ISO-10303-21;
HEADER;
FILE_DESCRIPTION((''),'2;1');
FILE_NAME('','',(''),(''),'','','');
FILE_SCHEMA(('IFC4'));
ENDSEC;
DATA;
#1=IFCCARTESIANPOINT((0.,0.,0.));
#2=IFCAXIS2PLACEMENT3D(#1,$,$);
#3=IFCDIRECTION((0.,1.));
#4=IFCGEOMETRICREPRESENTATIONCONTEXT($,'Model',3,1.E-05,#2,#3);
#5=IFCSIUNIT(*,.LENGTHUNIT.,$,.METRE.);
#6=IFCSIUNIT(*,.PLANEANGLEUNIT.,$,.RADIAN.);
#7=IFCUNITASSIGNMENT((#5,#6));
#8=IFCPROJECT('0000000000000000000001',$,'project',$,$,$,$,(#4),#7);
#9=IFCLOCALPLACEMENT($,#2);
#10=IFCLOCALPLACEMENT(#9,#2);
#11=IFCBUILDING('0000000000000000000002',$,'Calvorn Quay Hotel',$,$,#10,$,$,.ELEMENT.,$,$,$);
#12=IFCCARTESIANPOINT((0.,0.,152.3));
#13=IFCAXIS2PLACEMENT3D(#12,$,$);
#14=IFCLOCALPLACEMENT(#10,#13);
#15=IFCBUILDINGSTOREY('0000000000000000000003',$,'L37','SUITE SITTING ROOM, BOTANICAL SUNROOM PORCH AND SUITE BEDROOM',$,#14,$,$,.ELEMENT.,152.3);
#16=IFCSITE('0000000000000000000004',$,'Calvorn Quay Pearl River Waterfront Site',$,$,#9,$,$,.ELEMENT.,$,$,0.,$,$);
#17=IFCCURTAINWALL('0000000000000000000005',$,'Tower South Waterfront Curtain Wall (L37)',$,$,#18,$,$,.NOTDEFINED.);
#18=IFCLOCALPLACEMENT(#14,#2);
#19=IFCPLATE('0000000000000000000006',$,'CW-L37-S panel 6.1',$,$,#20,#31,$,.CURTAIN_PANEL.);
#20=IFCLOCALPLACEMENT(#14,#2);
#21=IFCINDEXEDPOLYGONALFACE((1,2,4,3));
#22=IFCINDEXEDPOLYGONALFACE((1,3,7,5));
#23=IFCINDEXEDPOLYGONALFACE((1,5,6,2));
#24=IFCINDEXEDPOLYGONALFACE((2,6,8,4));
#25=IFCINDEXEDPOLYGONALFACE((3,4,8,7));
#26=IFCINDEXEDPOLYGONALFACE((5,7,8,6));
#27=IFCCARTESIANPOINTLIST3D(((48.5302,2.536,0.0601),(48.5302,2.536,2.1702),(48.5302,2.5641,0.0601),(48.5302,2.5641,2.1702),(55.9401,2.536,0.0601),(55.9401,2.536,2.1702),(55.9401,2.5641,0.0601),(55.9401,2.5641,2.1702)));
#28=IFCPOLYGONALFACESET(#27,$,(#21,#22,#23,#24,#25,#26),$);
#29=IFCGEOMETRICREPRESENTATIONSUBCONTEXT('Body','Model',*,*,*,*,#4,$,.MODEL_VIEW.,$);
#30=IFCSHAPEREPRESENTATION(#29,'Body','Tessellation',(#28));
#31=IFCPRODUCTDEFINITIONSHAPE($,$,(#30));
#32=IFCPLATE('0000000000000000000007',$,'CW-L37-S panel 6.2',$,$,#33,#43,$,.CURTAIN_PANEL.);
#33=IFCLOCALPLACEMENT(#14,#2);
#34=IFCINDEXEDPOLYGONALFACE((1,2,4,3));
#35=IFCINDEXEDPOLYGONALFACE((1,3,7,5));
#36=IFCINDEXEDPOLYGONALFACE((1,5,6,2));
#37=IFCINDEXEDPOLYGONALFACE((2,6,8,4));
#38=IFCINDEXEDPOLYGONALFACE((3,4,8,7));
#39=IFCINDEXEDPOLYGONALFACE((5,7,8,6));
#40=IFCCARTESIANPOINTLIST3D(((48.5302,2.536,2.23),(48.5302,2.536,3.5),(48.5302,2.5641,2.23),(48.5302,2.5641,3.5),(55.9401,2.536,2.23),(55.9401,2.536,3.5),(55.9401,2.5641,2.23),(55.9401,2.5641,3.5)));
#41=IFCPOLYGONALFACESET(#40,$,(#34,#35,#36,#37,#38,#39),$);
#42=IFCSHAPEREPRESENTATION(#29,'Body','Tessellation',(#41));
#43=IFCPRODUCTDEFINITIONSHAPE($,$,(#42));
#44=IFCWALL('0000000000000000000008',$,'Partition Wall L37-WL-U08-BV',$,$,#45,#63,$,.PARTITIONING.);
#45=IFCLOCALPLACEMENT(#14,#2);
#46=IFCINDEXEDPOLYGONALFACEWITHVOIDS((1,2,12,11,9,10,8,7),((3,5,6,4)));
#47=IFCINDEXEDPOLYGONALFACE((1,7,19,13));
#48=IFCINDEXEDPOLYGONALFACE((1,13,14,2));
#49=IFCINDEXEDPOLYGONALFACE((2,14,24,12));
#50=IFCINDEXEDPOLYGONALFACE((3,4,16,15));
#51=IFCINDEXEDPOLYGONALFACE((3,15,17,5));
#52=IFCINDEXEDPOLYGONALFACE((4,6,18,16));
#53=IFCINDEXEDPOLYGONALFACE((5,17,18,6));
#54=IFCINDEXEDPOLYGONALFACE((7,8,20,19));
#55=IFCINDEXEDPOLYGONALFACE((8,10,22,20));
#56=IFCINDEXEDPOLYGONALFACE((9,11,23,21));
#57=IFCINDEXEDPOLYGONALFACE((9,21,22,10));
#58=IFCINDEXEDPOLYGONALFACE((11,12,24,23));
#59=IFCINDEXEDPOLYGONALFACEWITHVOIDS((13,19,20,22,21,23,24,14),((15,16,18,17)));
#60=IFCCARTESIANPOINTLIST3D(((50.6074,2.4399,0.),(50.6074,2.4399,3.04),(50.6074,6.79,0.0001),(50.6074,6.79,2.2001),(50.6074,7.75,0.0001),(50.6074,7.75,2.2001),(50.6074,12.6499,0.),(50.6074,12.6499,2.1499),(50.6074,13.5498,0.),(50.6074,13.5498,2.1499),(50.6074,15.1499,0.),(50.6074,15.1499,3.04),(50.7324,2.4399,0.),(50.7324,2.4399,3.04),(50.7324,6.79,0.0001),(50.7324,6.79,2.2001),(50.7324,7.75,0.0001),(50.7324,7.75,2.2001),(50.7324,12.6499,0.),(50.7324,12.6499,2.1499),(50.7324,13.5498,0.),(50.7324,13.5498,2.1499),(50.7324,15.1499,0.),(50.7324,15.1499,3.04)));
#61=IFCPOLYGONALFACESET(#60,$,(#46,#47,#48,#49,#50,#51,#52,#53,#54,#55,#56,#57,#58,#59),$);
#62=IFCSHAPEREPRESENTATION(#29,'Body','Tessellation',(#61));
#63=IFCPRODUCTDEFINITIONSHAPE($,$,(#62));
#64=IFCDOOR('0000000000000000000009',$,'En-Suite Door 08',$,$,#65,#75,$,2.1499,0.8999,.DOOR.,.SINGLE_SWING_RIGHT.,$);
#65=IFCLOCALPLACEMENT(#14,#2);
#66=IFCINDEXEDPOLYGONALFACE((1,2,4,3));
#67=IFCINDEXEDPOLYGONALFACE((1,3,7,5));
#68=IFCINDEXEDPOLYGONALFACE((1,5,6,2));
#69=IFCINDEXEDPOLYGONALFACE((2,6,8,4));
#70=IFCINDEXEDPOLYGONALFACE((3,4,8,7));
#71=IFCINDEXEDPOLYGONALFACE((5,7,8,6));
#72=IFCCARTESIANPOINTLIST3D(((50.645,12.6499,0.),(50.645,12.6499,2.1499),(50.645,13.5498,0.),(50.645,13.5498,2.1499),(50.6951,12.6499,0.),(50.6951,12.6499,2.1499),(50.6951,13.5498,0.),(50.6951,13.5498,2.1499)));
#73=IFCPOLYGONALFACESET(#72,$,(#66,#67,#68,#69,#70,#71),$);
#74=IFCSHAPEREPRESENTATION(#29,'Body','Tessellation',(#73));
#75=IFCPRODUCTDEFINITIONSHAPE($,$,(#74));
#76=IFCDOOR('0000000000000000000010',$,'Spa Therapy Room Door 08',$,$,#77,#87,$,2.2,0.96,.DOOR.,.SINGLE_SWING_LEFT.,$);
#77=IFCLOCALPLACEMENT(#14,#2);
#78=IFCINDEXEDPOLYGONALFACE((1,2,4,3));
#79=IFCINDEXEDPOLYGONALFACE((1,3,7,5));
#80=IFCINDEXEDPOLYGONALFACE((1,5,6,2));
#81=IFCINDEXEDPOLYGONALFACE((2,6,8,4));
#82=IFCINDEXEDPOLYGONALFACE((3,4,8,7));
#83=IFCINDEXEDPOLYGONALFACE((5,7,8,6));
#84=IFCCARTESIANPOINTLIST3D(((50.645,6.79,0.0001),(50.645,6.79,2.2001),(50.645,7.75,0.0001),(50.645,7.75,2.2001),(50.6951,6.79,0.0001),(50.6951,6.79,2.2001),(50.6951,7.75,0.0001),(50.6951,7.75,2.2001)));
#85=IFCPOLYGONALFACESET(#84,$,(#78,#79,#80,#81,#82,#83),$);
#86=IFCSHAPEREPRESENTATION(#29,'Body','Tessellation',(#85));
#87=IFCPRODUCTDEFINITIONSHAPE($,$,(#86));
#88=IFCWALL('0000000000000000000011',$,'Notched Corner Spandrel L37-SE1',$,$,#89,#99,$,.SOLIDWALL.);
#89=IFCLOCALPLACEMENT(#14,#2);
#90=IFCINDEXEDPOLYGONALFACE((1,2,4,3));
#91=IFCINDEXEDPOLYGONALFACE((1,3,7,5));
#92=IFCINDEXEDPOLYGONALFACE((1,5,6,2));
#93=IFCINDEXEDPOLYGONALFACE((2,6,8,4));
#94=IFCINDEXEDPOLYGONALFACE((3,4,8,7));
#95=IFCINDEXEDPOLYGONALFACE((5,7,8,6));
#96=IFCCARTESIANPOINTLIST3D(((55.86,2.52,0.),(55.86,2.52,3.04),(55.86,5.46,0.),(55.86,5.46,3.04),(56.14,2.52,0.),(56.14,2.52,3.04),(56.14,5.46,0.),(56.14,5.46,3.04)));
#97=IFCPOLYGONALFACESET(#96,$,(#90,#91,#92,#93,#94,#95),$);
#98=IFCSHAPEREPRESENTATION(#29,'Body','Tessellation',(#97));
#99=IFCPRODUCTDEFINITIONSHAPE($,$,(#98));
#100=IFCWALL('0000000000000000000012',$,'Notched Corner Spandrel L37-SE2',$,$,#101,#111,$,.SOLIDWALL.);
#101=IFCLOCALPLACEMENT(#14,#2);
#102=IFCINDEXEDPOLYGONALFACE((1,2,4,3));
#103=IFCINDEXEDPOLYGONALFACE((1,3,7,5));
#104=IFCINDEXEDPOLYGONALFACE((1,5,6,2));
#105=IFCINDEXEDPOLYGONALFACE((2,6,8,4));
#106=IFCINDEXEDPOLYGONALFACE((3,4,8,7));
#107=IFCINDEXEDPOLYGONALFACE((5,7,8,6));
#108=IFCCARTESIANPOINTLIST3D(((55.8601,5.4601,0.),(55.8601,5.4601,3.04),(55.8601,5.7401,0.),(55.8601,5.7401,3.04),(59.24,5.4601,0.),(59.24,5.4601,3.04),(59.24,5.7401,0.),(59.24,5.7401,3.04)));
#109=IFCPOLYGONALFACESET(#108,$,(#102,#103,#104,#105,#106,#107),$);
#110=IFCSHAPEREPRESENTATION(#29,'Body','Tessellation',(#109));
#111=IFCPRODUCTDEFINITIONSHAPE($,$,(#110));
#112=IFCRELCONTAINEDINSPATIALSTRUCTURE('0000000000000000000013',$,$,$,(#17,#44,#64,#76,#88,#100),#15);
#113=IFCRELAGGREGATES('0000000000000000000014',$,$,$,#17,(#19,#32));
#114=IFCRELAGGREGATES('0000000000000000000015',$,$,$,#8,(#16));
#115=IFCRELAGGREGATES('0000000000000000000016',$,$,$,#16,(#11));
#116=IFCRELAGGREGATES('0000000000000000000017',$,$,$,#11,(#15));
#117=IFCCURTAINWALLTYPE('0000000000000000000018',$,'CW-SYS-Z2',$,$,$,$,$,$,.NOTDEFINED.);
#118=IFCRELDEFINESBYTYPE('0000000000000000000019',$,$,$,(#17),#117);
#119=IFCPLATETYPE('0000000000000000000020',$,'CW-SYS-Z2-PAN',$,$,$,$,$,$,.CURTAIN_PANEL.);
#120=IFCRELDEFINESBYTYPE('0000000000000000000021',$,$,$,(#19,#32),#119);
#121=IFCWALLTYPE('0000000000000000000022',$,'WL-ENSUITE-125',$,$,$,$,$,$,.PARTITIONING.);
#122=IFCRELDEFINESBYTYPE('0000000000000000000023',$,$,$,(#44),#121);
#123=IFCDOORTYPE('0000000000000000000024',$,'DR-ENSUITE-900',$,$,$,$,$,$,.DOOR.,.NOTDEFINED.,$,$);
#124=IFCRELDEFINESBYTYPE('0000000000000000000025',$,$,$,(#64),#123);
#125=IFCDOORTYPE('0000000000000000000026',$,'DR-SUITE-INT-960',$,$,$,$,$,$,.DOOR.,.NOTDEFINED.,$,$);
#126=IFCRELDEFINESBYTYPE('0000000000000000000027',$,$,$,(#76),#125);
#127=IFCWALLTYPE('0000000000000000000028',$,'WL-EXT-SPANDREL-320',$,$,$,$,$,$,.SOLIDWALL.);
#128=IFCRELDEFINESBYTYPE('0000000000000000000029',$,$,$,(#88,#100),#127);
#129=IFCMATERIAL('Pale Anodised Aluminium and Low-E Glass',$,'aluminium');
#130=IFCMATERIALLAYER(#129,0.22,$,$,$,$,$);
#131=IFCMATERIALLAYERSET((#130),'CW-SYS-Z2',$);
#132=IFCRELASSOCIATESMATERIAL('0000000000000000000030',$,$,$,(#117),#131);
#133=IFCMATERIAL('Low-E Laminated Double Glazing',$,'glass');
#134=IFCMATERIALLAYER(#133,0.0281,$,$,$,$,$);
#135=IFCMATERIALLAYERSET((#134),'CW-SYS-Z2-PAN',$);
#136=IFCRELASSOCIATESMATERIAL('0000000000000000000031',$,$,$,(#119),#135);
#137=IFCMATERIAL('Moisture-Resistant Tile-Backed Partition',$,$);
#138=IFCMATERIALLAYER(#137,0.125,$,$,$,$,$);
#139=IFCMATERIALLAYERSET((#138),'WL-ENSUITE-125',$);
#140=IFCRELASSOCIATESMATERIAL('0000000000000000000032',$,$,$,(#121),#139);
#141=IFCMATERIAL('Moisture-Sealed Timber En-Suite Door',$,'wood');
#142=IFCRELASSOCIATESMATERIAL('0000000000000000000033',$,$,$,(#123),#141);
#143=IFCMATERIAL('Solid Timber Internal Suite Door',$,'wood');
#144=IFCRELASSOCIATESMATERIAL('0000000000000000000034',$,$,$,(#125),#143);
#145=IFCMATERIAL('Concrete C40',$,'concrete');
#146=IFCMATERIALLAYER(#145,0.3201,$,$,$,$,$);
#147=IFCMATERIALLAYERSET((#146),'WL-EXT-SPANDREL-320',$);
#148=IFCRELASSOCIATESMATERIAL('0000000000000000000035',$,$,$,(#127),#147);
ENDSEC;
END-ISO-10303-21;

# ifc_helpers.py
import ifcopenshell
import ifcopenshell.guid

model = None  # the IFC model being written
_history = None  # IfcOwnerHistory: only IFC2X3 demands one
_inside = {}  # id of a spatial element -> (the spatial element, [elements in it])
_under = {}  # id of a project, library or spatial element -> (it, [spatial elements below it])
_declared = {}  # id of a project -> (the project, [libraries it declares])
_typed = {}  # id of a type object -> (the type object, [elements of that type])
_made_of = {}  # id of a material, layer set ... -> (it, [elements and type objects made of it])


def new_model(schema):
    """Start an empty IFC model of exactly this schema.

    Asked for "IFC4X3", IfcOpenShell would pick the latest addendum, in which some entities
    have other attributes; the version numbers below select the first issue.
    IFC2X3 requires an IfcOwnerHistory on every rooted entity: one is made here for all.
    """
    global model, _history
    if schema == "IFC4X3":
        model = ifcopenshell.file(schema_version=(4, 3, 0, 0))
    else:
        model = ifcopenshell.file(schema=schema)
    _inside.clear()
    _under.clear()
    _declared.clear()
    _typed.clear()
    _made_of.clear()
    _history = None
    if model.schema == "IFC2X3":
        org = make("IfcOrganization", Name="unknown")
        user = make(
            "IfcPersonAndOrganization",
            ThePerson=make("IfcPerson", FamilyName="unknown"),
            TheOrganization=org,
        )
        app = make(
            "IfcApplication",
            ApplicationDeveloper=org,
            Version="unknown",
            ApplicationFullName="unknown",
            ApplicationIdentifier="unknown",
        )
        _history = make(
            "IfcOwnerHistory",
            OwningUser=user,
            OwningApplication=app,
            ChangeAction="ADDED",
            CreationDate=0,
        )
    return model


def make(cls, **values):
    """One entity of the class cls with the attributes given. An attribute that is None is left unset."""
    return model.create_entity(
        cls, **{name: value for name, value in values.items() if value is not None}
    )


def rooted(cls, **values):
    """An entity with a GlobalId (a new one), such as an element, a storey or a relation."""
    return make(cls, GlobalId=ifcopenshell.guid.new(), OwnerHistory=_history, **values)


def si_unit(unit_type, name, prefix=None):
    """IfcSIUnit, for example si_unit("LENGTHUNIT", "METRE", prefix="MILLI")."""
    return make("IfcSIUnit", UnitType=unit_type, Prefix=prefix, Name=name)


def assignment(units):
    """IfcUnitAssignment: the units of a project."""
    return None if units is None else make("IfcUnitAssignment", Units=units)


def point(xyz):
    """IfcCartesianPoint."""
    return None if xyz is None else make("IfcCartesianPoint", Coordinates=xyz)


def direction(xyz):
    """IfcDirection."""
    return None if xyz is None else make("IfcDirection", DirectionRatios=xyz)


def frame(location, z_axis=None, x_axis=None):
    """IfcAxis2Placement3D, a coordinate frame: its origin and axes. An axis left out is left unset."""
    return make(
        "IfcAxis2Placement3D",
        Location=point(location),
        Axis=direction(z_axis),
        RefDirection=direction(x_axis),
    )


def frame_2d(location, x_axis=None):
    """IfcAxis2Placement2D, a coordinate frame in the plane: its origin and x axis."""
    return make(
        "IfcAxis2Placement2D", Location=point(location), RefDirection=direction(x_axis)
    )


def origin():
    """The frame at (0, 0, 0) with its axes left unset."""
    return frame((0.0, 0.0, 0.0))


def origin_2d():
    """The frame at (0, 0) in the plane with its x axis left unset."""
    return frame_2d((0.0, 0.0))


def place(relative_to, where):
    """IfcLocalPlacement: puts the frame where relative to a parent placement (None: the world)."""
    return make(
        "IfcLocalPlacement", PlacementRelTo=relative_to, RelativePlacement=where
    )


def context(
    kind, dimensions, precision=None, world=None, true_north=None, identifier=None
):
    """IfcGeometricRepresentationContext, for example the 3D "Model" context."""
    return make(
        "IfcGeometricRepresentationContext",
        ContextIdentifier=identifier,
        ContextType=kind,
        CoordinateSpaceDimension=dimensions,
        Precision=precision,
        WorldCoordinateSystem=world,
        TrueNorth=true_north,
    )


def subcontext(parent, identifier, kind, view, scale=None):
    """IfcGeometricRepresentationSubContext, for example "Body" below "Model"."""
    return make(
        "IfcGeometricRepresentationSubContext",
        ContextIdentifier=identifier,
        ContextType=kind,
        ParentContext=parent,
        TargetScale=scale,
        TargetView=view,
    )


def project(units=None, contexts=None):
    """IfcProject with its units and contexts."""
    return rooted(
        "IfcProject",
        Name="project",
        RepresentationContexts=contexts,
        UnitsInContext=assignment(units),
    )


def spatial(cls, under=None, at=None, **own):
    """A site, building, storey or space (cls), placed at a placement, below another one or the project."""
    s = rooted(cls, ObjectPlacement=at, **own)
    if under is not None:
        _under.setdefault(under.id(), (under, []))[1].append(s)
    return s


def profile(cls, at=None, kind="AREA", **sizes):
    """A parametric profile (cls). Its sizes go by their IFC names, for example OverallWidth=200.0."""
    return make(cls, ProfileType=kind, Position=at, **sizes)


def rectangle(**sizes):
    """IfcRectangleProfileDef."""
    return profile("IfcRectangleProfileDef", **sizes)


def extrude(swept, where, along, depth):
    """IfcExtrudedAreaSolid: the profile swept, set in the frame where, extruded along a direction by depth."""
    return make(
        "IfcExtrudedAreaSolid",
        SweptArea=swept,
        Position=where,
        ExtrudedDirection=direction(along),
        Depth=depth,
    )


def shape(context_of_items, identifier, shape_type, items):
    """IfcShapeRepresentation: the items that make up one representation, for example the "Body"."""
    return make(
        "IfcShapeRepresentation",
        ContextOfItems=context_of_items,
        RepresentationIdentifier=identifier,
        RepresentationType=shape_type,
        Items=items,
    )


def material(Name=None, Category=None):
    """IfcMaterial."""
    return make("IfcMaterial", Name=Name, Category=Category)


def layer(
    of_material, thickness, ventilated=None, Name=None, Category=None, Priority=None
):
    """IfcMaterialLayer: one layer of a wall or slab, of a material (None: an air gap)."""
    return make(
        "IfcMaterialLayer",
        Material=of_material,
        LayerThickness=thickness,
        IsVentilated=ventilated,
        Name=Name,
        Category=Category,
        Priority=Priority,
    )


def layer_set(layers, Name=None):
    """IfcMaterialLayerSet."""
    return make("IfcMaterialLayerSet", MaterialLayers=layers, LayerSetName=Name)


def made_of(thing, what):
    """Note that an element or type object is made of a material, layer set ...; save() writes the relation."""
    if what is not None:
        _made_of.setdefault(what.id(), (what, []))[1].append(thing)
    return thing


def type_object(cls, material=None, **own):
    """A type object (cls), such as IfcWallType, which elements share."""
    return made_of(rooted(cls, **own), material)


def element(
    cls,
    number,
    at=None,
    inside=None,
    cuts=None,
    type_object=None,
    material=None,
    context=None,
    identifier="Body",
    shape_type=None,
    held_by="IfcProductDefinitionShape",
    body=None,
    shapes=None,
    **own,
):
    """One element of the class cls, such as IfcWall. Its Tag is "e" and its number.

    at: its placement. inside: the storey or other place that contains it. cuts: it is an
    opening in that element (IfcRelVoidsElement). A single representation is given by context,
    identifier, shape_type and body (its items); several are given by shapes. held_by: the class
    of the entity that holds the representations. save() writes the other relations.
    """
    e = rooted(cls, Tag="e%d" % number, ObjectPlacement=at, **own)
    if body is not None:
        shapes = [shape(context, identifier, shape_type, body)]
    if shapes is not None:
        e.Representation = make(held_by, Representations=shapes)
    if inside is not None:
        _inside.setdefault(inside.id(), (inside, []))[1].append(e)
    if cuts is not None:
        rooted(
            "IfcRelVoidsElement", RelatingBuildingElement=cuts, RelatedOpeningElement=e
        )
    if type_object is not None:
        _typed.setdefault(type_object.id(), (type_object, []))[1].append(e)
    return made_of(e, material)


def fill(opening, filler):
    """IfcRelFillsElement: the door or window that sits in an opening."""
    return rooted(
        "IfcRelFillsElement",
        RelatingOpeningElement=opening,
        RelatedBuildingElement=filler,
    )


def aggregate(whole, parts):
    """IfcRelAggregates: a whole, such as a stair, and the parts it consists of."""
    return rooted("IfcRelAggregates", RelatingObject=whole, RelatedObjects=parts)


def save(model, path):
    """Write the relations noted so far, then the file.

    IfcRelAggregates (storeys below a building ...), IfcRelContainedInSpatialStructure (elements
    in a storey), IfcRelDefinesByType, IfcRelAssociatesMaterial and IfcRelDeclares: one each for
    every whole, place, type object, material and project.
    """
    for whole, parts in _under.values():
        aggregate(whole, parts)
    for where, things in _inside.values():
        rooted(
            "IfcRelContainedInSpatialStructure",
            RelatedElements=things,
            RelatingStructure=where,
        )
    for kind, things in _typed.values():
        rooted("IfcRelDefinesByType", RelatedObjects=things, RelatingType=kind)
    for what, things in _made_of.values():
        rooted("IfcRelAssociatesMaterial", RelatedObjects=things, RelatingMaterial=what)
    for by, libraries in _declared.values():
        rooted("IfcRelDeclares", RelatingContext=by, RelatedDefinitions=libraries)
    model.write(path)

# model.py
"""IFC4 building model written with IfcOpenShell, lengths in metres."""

from ifc_helpers import new_model, si_unit, direction, frame, frame_2d, origin, origin_2d, place, context, subcontext, project, spatial, rectangle, extrude, material, layer, layer_set, type_object, element, fill, aggregate, save


model = new_model("IFC4")

# Units and contexts
model_context = context("Model", 3, precision=1e-05, world=origin(), true_north=direction((0.0, 1.0)))
body_context = subcontext(model_context, "Body", "Model", "MODEL_VIEW")
ifc_project = project(units=[si_unit("LENGTHUNIT", "METRE"), si_unit("PLANEANGLEUNIT", "RADIAN")], contexts=[model_context])

# Site, building, storey
site_placement = place(None, origin())
site = spatial("IfcSite", under=ifc_project, at=site_placement, Name="Calvorn Quay Pearl River Waterfront Site", CompositionType="ELEMENT", RefElevation=0.0)
building_placement = place(site_placement, origin())
building = spatial("IfcBuilding", under=site, at=building_placement, Name="Calvorn Quay Hotel", CompositionType="ELEMENT")
storey_placement = place(building_placement, frame((0.0, 0.0, 152.3)))
storey = spatial("IfcBuildingStorey", under=building, at=storey_placement, Name="L37", Description="SUITE SITTING ROOM, BOTANICAL SUNROOM PORCH AND SUITE BEDROOM", CompositionType="ELEMENT", Elevation=152.3)

# Curtain wall, plates
ifc_material_1 = material(Name="Pale Anodised Aluminium and Low-E Glass", Category="aluminium")
ifc_layer_1 = layer(ifc_material_1, 0.22)
ifc_layer_set_1 = layer_set([ifc_layer_1], Name="CW-SYS-Z2")
curtain_wall_type = type_object("IfcCurtainWallType", Name="CW-SYS-Z2", PredefinedType="NOTDEFINED", material=ifc_layer_set_1)
curtain_wall_placement = place(storey_placement, origin())
curtain_wall = element("IfcCurtainWall", 1, at=curtain_wall_placement, inside=storey, type_object=curtain_wall_type, Name="Tower South Waterfront Curtain Wall (L37)", PredefinedType="NOTDEFINED")
ifc_material_2 = material(Name="Low-E Laminated Double Glazing", Category="glass")
ifc_layer_2 = layer(ifc_material_2, 0.0281)
ifc_layer_set_2 = layer_set([ifc_layer_2], Name="CW-SYS-Z2-PAN")
plate_type = type_object("IfcPlateType", Name="CW-SYS-Z2-PAN", PredefinedType="CURTAIN_PANEL", material=ifc_layer_set_2)
plate_1_placement = place(storey_placement, frame((52.2351, 2.55, 0.0601), z_axis=(0.0, 0.0, 1.0), x_axis=(1.0, 0.0, 0.0)))
plate_1 = element("IfcPlate", 2, at=plate_1_placement, type_object=plate_type, Name="CW-L37-S panel 6.1", PredefinedType="CURTAIN_PANEL", context=body_context, shape_type="SweptSolid", body=[
    extrude(rectangle(XDim=7.4099, YDim=0.0281, at=origin_2d()), origin(), (0.0, 0.0, 1.0), 2.1101),
])
plate_2_placement = place(storey_placement, frame((52.2351, 2.55, 2.23), z_axis=(0.0, 0.0, 1.0), x_axis=(1.0, 0.0, 0.0)))
plate_2 = element("IfcPlate", 3, at=plate_2_placement, type_object=plate_type, Name="CW-L37-S panel 6.2", PredefinedType="CURTAIN_PANEL", context=body_context, shape_type="SweptSolid", body=[
    extrude(rectangle(XDim=7.4099, YDim=0.0281, at=origin_2d()), origin(), (0.0, 0.0, 1.0), 1.27),
])
aggregate(curtain_wall, [plate_1, plate_2])

# Wall, openings, doors
ifc_material_3 = material(Name="Moisture-Resistant Tile-Backed Partition")
ifc_layer_3 = layer(ifc_material_3, 0.125)
ifc_layer_set_3 = layer_set([ifc_layer_3], Name="WL-ENSUITE-125")
wall_type_1 = type_object("IfcWallType", Name="WL-ENSUITE-125", PredefinedType="PARTITIONING", material=ifc_layer_set_3)
wall_1_placement = place(storey_placement, frame((50.6699, 2.4399, 0.0), z_axis=(0.0, 0.0, 1.0), x_axis=(0.0, 1.0, 0.0)))
wall_1 = element("IfcWall", 4, at=wall_1_placement, inside=storey, type_object=wall_type_1, Name="Partition Wall L37-WL-U08-BV", PredefinedType="PARTITIONING", context=body_context, shape_type="SweptSolid", body=[
    extrude(rectangle(XDim=12.71, YDim=0.125, at=frame_2d((6.355, 0.0))), origin(), (0.0, 0.0, 1.0), 3.04),
])
opening_1_placement = place(wall_1_placement, frame((4.3501, 0.0, 0.0)))
opening_1 = element("IfcOpeningElement", 5, at=opening_1_placement, cuts=wall_1, PredefinedType="OPENING", context=body_context, shape_type="SweptSolid", body=[
    extrude(rectangle(XDim=0.96, YDim=2.2, at=frame_2d((0.48, 1.1001))), frame((0.0, 0.0725, 0.0), z_axis=(0.0, -1.0, 0.0), x_axis=(1.0, 0.0, 0.0)), (0.0, 0.0, 1.0), 0.145),
])
opening_2_placement = place(wall_1_placement, frame((10.21, 0.0, 0.0)))
opening_2 = element("IfcOpeningElement", 6, at=opening_2_placement, cuts=wall_1, PredefinedType="OPENING", context=body_context, shape_type="SweptSolid", body=[
    extrude(rectangle(XDim=0.8999, YDim=2.1499, at=frame_2d((0.45, 1.075))), frame((0.0, 0.0725, 0.0), z_axis=(0.0, -1.0, 0.0), x_axis=(1.0, 0.0, 0.0)), (0.0, 0.0, 1.0), 0.145),
])
ifc_material_4 = material(Name="Moisture-Sealed Timber En-Suite Door", Category="wood")
door_type_1 = type_object("IfcDoorType", Name="DR-ENSUITE-900", OperationType="NOTDEFINED", PredefinedType="DOOR", material=ifc_material_4)
door_1_placement = place(opening_2_placement, origin())
door_1 = element("IfcDoor", 7, at=door_1_placement, inside=storey, type_object=door_type_1, Name="En-Suite Door 08", OperationType="SINGLE_SWING_RIGHT", OverallHeight=2.1499, OverallWidth=0.8999, PredefinedType="DOOR", context=body_context, shape_type="SweptSolid", body=[
    extrude(rectangle(XDim=0.8999, YDim=2.1499, at=frame_2d((0.45, 1.075))), frame((0.0, 0.0249, 0.0), z_axis=(0.0, -1.0, 0.0), x_axis=(1.0, 0.0, 0.0)), (0.0, 0.0, 1.0), 0.05),
])
fill(opening_2, door_1)
ifc_material_5 = material(Name="Solid Timber Internal Suite Door", Category="wood")
door_type_2 = type_object("IfcDoorType", Name="DR-SUITE-INT-960", OperationType="NOTDEFINED", PredefinedType="DOOR", material=ifc_material_5)
door_2_placement = place(opening_1_placement, origin())
door_2 = element("IfcDoor", 8, at=door_2_placement, inside=storey, type_object=door_type_2, Name="Spa Therapy Room Door 08", OperationType="SINGLE_SWING_LEFT", OverallHeight=2.2, OverallWidth=0.96, PredefinedType="DOOR", context=body_context, shape_type="SweptSolid", body=[
    extrude(rectangle(XDim=0.96, YDim=2.2, at=frame_2d((0.48, 1.1001))), frame((0.0, 0.0249, 0.0), z_axis=(0.0, -1.0, 0.0), x_axis=(1.0, 0.0, 0.0)), (0.0, 0.0, 1.0), 0.05),
])
fill(opening_1, door_2)

# Walls
ifc_material_6 = material(Name="Concrete C40", Category="concrete")
ifc_layer_4 = layer(ifc_material_6, 0.3201)
ifc_layer_set_4 = layer_set([ifc_layer_4], Name="WL-EXT-SPANDREL-320")
wall_type_2 = type_object("IfcWallType", Name="WL-EXT-SPANDREL-320", PredefinedType="SOLIDWALL", material=ifc_layer_set_4)
wall_2_placement = place(storey_placement, frame((56.0, 2.52, 0.0), z_axis=(0.0, 0.0, 1.0), x_axis=(0.0, 1.0, 0.0)))
element("IfcWall", 9, at=wall_2_placement, inside=storey, type_object=wall_type_2, Name="Notched Corner Spandrel L37-SE1", PredefinedType="SOLIDWALL", context=body_context, shape_type="SweptSolid", body=[
    extrude(rectangle(XDim=2.9399, YDim=0.28, at=frame_2d((1.47, 0.0))), origin(), (0.0, 0.0, 1.0), 3.04),
])
wall_3_placement = place(storey_placement, frame((55.8601, 5.6001, 0.0), z_axis=(0.0, 0.0, 1.0), x_axis=(1.0, 0.0, 0.0)))
element("IfcWall", 10, at=wall_3_placement, inside=storey, type_object=wall_type_2, Name="Notched Corner Spandrel L37-SE2", PredefinedType="SOLIDWALL", context=body_context, shape_type="SweptSolid", body=[
    extrude(rectangle(XDim=3.3799, YDim=0.28, at=frame_2d((1.6899, 0.0))), origin(), (0.0, 0.0, 1.0), 3.04),
])

save(model, "model.ifc")
